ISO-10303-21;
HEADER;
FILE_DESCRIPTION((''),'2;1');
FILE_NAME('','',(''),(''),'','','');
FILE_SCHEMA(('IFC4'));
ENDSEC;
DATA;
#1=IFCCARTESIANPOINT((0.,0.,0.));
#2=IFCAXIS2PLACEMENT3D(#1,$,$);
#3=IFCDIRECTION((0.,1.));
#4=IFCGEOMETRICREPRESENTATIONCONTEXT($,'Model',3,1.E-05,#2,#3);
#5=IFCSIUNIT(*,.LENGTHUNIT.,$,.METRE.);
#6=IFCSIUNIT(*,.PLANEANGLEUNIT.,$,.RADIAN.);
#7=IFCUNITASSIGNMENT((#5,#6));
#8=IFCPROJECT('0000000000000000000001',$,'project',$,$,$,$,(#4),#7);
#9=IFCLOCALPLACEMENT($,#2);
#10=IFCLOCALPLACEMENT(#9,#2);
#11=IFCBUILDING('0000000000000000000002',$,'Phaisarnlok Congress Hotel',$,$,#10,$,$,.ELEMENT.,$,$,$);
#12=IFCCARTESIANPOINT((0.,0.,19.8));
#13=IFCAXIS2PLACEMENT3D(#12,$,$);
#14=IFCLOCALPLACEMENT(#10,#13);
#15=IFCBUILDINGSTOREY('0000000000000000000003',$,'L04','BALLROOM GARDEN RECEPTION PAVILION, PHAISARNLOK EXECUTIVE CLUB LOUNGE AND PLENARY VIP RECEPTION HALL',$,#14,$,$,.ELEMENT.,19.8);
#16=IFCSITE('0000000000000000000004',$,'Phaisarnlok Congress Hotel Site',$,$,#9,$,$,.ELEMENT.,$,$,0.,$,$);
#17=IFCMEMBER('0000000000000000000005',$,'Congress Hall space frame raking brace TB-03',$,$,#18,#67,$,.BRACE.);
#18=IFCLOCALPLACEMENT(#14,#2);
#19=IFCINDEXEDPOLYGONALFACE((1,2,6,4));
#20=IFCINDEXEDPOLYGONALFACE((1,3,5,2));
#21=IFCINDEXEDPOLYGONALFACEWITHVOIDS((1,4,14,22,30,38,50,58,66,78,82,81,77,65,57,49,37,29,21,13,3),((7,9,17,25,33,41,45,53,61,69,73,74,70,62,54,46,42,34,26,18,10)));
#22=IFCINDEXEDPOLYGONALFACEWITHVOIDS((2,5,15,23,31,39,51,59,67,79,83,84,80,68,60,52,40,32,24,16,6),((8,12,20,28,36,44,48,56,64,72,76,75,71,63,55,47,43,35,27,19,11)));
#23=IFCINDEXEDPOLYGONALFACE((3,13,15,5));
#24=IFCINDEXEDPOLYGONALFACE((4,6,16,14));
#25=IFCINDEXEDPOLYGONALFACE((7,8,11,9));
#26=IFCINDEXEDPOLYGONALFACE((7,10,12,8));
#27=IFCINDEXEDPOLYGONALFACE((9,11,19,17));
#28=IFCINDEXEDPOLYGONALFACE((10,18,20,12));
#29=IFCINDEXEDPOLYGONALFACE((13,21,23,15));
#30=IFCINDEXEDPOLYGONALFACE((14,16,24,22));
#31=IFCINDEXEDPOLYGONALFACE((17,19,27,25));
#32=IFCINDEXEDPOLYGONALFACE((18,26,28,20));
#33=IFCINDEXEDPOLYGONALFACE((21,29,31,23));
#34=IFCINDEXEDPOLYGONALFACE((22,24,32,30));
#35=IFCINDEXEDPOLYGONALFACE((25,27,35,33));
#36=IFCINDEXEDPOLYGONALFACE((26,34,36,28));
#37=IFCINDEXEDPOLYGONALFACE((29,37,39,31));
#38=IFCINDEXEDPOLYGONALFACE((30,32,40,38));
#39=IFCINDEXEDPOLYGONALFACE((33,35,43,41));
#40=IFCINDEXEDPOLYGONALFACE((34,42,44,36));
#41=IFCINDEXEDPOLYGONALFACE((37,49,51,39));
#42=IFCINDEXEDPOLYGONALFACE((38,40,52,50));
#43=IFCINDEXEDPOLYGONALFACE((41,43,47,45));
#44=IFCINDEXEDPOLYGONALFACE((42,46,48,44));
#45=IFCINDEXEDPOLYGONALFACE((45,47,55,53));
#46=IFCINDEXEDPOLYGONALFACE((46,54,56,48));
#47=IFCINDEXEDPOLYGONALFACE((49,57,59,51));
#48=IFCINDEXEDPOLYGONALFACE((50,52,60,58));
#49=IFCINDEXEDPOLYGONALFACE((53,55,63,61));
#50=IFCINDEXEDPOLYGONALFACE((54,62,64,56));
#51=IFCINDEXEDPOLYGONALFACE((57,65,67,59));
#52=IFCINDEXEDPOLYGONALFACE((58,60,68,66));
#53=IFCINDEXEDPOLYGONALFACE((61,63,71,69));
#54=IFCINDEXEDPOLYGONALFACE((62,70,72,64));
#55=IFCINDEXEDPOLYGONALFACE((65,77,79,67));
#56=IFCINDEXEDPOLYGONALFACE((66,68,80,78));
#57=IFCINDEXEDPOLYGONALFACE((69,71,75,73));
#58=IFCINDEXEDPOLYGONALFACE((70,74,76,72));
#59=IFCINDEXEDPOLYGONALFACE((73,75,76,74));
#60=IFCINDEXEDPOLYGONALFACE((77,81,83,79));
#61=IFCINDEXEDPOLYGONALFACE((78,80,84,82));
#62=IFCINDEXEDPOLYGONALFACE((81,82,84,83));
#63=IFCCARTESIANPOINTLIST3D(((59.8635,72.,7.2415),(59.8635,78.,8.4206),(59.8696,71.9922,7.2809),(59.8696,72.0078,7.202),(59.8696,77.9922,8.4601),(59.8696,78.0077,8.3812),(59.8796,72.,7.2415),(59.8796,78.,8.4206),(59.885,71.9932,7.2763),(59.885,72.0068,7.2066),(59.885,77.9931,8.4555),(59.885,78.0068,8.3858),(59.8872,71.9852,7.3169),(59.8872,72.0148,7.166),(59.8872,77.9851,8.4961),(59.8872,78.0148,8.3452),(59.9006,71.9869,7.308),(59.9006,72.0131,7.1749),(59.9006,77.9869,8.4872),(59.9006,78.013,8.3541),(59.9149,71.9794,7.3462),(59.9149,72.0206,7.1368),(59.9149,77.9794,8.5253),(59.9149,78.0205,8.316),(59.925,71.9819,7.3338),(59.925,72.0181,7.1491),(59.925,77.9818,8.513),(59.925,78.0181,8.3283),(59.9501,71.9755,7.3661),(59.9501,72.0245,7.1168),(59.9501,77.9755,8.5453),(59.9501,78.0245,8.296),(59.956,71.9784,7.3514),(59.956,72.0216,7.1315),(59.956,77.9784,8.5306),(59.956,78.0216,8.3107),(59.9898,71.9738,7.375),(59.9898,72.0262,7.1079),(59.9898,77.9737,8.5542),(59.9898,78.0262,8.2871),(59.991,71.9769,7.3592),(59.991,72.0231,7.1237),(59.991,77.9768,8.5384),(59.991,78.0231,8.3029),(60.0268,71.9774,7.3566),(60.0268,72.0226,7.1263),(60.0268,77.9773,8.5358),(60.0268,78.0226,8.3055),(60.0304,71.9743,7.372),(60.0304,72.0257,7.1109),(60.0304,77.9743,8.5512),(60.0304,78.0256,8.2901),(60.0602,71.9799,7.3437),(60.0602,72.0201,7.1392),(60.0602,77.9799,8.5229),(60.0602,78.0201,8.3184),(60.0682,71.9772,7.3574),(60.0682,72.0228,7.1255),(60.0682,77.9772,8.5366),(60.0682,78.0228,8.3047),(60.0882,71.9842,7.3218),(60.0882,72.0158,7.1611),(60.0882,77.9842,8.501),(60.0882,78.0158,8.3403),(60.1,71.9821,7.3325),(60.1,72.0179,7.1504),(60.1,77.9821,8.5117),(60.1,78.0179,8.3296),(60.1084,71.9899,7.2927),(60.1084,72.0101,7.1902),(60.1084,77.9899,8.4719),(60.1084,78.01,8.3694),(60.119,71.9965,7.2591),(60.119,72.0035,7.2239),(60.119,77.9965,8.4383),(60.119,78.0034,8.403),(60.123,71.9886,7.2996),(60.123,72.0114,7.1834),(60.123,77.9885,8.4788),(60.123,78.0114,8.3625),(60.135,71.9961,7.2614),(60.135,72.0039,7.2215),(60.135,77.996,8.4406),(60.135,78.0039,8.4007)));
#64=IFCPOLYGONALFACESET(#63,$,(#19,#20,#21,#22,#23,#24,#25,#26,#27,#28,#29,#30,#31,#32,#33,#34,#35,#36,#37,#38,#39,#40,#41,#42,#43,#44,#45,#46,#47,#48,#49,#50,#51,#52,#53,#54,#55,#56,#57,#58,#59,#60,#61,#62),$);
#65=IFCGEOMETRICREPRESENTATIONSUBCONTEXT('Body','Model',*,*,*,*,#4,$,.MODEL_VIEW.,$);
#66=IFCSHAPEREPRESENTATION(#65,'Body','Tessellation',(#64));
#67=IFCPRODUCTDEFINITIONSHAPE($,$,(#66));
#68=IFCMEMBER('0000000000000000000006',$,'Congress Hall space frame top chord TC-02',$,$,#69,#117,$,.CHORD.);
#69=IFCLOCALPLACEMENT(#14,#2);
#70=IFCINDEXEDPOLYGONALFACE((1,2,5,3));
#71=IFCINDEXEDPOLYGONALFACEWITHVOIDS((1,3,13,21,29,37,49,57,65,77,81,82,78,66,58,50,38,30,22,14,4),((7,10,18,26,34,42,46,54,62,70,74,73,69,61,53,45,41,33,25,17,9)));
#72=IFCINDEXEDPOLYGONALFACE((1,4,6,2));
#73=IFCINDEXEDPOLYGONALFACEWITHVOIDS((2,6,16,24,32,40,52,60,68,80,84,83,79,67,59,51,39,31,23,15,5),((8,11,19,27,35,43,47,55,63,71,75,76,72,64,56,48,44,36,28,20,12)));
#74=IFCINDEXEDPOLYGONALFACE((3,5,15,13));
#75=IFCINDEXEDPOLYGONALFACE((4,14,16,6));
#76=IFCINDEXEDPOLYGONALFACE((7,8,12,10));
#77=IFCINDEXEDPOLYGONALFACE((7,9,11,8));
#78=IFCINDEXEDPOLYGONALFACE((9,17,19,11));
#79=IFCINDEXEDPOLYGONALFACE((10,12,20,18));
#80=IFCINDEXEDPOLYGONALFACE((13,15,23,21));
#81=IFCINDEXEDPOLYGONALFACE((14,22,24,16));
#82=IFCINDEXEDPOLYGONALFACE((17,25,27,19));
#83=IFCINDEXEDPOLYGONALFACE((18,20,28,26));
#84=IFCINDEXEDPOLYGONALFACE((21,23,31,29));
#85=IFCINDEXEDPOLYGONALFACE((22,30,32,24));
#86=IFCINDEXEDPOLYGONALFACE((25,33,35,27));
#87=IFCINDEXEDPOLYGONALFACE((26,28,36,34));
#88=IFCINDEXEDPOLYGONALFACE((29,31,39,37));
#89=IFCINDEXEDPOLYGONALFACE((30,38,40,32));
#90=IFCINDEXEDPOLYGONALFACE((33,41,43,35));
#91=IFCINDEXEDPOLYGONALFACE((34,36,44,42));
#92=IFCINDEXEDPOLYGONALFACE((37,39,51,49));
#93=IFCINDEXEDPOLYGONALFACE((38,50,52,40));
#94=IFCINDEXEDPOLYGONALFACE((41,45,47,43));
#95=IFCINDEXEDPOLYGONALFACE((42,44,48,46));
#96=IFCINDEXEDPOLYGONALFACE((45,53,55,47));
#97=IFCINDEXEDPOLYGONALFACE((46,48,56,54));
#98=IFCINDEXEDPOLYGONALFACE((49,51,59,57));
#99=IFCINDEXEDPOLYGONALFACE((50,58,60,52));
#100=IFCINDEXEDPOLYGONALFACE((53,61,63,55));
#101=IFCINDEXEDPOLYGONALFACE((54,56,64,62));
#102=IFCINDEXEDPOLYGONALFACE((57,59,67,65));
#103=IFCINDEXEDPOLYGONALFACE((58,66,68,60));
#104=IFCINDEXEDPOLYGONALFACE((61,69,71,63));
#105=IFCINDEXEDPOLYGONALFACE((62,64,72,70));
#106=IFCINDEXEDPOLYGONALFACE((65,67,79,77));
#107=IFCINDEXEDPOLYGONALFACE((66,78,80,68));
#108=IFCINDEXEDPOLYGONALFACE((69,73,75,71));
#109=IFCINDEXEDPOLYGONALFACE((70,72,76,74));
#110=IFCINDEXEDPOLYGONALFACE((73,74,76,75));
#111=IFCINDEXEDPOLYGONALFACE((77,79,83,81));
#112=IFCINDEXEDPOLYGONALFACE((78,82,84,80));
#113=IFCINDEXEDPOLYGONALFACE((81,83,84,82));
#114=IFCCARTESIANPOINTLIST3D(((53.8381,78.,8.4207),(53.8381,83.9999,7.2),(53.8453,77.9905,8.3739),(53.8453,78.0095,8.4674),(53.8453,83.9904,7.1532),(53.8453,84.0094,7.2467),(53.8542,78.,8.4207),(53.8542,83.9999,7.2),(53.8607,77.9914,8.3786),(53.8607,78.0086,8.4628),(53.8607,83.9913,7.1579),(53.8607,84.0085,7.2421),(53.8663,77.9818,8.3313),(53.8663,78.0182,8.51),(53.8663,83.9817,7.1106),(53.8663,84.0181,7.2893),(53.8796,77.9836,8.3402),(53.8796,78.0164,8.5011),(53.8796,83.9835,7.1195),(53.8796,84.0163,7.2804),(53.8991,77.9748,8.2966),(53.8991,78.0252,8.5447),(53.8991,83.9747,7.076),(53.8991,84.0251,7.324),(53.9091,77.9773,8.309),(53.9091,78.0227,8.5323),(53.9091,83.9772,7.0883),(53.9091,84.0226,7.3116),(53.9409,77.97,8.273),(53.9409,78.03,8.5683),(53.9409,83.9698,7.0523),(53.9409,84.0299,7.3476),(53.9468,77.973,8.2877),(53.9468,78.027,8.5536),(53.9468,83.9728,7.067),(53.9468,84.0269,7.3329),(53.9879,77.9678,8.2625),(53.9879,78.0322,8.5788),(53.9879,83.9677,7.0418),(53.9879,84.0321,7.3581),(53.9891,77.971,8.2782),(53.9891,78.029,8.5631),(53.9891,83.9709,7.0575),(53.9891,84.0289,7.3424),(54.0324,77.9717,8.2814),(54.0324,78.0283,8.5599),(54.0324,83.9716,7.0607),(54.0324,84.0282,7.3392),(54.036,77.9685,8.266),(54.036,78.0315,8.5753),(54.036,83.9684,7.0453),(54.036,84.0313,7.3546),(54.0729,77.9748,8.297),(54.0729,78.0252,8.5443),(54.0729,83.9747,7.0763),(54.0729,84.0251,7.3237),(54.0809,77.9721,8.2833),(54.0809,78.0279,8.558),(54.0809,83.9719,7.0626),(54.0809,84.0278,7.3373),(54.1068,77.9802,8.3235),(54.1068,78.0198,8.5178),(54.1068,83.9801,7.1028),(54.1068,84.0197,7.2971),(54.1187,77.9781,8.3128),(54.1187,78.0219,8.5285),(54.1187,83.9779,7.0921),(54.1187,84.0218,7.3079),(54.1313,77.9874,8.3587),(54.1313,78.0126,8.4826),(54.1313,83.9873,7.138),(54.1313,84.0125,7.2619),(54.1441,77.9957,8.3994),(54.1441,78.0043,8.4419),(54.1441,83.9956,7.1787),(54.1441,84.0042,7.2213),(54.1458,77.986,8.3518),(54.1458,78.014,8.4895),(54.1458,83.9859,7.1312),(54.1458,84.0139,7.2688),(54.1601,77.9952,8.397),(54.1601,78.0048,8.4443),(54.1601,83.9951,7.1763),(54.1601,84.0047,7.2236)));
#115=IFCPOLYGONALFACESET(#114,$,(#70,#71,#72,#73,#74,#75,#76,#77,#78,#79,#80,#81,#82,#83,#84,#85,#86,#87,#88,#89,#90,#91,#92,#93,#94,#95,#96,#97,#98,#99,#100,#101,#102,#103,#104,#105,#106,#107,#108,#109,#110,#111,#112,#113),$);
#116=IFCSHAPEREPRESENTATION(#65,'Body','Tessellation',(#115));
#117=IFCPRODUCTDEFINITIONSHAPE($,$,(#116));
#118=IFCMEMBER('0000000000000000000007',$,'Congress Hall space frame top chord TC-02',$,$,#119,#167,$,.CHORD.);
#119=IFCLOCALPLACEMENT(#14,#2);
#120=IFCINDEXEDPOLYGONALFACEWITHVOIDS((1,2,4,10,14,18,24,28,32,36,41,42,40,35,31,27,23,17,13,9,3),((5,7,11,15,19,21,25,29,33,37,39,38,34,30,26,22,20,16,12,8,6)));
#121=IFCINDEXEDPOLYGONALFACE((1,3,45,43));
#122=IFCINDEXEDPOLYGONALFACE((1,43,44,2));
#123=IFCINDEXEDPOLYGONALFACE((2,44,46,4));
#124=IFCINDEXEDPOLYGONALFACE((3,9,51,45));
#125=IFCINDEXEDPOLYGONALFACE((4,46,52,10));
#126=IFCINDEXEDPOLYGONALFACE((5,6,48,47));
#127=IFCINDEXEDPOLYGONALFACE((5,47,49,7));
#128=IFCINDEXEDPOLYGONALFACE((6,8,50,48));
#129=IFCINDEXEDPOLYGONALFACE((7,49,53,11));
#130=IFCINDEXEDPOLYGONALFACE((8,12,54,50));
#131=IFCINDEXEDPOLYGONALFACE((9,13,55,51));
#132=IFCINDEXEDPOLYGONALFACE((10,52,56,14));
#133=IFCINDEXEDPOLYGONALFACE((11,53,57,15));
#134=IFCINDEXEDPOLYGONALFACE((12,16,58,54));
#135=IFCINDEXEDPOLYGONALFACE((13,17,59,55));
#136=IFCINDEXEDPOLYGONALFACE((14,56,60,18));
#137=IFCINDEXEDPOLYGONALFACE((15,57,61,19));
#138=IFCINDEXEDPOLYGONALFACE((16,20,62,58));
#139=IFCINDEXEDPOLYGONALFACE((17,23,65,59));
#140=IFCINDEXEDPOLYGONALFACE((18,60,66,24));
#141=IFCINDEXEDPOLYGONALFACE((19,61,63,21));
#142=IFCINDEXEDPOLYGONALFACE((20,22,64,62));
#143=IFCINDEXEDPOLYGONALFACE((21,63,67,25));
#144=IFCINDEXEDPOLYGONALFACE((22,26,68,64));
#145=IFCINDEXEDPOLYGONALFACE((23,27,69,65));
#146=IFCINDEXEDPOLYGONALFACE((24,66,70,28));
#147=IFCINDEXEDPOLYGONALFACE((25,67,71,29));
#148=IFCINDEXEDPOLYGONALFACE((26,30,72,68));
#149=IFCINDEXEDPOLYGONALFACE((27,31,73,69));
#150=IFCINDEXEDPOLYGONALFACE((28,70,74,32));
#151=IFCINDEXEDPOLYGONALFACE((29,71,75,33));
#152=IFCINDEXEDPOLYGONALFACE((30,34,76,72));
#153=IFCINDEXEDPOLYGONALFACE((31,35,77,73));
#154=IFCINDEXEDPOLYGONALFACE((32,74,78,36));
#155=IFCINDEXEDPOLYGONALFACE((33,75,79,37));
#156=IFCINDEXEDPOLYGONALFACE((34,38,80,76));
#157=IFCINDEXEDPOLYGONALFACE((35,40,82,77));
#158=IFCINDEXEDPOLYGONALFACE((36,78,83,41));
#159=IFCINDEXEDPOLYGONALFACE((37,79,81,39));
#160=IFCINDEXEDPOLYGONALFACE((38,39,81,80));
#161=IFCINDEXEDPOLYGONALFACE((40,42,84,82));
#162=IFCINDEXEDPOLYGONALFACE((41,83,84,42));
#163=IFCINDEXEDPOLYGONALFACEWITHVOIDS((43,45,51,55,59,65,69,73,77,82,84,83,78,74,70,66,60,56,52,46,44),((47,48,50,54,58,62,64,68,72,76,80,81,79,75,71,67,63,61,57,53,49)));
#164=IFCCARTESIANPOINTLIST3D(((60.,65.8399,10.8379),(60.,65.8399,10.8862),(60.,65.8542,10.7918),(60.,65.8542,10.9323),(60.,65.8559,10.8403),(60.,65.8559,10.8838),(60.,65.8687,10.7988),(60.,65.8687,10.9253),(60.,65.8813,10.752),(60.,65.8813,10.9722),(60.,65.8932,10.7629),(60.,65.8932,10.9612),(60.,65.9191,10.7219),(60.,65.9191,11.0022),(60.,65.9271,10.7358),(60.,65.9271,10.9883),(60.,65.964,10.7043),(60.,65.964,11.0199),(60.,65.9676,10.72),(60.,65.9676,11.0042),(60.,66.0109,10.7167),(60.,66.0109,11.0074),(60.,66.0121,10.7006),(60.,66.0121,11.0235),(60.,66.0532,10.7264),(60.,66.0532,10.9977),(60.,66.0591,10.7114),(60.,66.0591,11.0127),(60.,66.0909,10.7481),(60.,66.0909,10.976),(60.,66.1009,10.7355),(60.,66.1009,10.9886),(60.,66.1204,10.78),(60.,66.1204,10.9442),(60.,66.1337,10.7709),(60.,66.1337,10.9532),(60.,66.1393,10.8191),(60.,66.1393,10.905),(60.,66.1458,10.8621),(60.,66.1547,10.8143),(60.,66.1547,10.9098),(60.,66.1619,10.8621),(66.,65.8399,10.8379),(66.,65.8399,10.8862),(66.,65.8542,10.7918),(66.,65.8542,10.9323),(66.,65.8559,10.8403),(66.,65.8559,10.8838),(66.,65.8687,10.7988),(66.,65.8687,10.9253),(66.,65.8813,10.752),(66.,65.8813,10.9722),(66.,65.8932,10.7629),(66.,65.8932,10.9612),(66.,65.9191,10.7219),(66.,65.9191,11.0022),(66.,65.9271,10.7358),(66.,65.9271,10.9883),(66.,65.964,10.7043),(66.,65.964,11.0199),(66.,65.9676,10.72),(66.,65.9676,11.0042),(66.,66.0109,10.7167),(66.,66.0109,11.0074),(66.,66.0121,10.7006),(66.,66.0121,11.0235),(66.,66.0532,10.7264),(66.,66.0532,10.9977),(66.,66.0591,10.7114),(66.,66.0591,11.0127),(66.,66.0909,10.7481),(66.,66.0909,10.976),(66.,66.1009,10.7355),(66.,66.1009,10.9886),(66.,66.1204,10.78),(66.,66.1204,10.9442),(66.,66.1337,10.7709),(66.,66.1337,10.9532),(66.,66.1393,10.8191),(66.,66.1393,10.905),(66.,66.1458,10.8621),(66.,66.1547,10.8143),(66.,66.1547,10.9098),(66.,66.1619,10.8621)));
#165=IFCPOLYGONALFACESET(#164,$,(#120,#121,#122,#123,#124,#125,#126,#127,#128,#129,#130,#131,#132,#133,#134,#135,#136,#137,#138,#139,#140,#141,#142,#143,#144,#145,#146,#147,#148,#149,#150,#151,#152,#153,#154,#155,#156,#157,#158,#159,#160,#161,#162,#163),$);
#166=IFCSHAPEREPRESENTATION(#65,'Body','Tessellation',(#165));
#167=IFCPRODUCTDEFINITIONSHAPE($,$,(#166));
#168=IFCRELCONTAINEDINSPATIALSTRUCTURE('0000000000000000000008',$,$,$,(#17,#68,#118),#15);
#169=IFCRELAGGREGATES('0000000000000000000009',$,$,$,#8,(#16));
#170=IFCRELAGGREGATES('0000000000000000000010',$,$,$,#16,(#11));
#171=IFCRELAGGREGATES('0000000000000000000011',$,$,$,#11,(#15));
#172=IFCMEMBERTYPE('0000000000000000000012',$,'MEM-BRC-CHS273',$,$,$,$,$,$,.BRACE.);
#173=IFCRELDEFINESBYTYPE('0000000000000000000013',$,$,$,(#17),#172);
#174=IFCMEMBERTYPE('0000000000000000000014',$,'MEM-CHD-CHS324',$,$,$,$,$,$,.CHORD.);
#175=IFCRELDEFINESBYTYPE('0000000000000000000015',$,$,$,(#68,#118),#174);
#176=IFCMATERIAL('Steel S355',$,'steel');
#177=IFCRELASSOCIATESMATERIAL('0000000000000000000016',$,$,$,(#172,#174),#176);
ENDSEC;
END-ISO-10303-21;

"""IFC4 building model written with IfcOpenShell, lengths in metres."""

from ifc_helpers import new_model, si_unit, direction, frame, origin, origin_2d, place, context, subcontext, project, spatial, hollow_circle, extrude, material, material_profile, profile_set, type_object, element, save


model = new_model("IFC4")

# Units and contexts
model_context = context("Model", 3, precision=1e-05, world=origin(), true_north=direction((0.0, 1.0)))
body_context = subcontext(model_context, "Body", "Model", "MODEL_VIEW")
ifc_project = project(units=[si_unit("LENGTHUNIT", "METRE"), si_unit("PLANEANGLEUNIT", "RADIAN")], contexts=[model_context])

# Site, building, storey
site_placement = place(None, origin())
site = spatial("IfcSite", under=ifc_project, at=site_placement, Name="Phaisarnlok Congress Hotel Site", CompositionType="ELEMENT", RefElevation=0.0)
building_placement = place(site_placement, origin())
building = spatial("IfcBuilding", under=site, at=building_placement, Name="Phaisarnlok Congress Hotel", CompositionType="ELEMENT")
storey_placement = place(building_placement, frame((0.0, 0.0, 19.8)))
storey = spatial("IfcBuildingStorey", under=building, at=storey_placement, Name="L04", Description="BALLROOM GARDEN RECEPTION PAVILION, PHAISARNLOK EXECUTIVE CLUB LOUNGE AND PLENARY VIP RECEPTION HALL", CompositionType="ELEMENT", Elevation=19.8)

# Shared definitions
ifc_material_1 = material(Name="Steel S355", Category="steel")

# Members
ifc_material_profile_1 = material_profile(ifc_material_1, hollow_circle(Radius=0.1365, WallThickness=0.0161, at=origin_2d()), Name="CHS 273x16")
ifc_profile_set_1 = profile_set([ifc_material_profile_1], Name="Steel S355")
member_type_1 = type_object("IfcMemberType", Name="MEM-BRC-CHS273", PredefinedType="BRACE", material=ifc_profile_set_1)
for number, where, z_axis, x_axis, name in (
    (1, (60.0, 72.0, 7.2415), (0.0, 0.981229, 0.192844), (-1.0, 0.0, 0.0), "Congress Hall space frame raking brace TB-03"),
):
    element("IfcMember", number, at=place(storey_placement, frame(where, z_axis=z_axis, x_axis=x_axis)), inside=storey, type_object=member_type_1, Name=name, PredefinedType="BRACE", context=body_context, shape_type="SweptSolid", body=[
        extrude(hollow_circle(Radius=0.1365, WallThickness=0.0161, at=origin_2d()), origin(), (0.0, 0.0, 1.0), 6.1147),
    ])
ifc_material_profile_2 = material_profile(ifc_material_1, hollow_circle(Radius=0.1619, WallThickness=0.0161, at=origin_2d()), Name="CHS 323.9x16")
ifc_profile_set_2 = profile_set([ifc_material_profile_2], Name="Steel S355")
member_type_2 = type_object("IfcMemberType", Name="MEM-CHD-CHS324", PredefinedType="CHORD", material=ifc_profile_set_2)
member_1_placement = place(storey_placement, frame((54.0, 78.0, 8.4207), z_axis=(0.0, 0.979925, -0.199366), x_axis=(-1.0, 0.0, 0.0)))
element("IfcMember", 2, at=member_1_placement, inside=storey, type_object=member_type_2, Name="Congress Hall space frame top chord TC-02", PredefinedType="CHORD", context=body_context, shape_type="SweptSolid", body=[
    extrude(hollow_circle(Radius=0.1619, WallThickness=0.0161, at=origin_2d()), origin(), (0.0, 0.0, 1.0), 6.1228),
])
member_2_placement = place(storey_placement, frame((60.0, 66.0, 10.8621), z_axis=(1.0, 0.0, 0.0), x_axis=(0.0, 1.0, 0.0)))
element("IfcMember", 3, at=member_2_placement, inside=storey, type_object=member_type_2, Name="Congress Hall space frame top chord TC-02", PredefinedType="CHORD", context=body_context, shape_type="SweptSolid", body=[
    extrude(hollow_circle(Radius=0.1619, WallThickness=0.0161, at=origin_2d()), origin(), (0.0, 0.0, 1.0), 6.0),
])

save(model, "model.ifc")
